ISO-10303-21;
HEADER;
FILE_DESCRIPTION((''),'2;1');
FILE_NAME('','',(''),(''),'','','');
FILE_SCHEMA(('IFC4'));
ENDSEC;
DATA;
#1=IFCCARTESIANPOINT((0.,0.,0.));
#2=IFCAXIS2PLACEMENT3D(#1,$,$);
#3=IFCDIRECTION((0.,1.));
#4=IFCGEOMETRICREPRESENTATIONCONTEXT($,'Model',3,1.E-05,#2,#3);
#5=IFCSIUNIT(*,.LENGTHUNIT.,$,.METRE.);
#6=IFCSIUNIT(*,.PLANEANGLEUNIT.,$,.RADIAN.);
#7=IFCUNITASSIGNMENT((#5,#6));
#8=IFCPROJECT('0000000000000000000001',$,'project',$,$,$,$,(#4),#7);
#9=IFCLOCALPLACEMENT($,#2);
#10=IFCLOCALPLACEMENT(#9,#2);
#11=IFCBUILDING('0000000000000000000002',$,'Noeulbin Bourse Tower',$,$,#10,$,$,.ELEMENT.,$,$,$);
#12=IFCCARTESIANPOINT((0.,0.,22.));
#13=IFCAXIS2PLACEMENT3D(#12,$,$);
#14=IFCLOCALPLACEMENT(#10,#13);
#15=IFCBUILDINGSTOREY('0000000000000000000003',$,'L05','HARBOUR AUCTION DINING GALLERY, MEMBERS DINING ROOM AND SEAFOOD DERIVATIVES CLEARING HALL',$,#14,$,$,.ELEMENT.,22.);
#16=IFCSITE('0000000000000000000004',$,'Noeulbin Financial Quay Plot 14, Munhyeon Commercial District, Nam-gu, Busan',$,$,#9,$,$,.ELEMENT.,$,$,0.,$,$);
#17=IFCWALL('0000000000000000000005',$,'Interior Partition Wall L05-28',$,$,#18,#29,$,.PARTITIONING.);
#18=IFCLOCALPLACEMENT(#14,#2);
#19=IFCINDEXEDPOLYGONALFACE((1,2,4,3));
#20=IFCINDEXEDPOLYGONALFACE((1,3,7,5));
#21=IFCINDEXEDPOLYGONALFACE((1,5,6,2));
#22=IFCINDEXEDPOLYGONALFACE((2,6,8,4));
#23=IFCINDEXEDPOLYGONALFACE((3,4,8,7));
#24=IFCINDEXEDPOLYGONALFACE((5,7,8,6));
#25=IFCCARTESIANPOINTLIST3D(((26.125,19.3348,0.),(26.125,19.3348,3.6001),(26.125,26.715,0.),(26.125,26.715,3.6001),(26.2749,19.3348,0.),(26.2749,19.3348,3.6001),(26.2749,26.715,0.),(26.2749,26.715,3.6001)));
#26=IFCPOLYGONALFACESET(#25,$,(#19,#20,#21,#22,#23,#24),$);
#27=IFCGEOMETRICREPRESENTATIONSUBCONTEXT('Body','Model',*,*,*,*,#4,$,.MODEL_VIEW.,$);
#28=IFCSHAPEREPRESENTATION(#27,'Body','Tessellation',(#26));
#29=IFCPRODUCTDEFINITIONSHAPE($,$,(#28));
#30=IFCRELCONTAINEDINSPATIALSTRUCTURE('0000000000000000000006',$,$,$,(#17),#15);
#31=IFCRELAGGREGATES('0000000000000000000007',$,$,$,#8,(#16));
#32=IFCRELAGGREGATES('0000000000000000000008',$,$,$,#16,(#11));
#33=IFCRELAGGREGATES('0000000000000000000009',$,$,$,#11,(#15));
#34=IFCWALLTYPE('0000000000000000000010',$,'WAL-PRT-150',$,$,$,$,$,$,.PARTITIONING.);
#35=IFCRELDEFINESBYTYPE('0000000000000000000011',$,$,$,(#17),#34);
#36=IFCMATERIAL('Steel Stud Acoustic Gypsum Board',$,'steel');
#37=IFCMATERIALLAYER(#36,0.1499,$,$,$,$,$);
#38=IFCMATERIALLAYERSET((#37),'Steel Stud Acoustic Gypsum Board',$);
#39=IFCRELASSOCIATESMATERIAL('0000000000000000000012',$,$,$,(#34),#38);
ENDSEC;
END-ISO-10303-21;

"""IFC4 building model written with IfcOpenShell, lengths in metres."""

from ifc_helpers import new_model, si_unit, direction, frame, frame_2d, origin, place, context, subcontext, project, spatial, rectangle, extrude, material, layer, layer_set, type_object, element, save


model = new_model("IFC4")

# Units and contexts
model_context = context("Model", 3, precision=1e-05, world=origin(), true_north=direction((0.0, 1.0)))
body_context = subcontext(model_context, "Body", "Model", "MODEL_VIEW")
ifc_project = project(units=[si_unit("LENGTHUNIT", "METRE"), si_unit("PLANEANGLEUNIT", "RADIAN")], contexts=[model_context])

# Site, building, storey
site_placement = place(None, origin())
site = spatial("IfcSite", under=ifc_project, at=site_placement, Name="Noeulbin Financial Quay Plot 14, Munhyeon Commercial District, Nam-gu, Busan", CompositionType="ELEMENT", RefElevation=0.0)
building_placement = place(site_placement, origin())
building = spatial("IfcBuilding", under=site, at=building_placement, Name="Noeulbin Bourse Tower", CompositionType="ELEMENT")
storey_placement = place(building_placement, frame((0.0, 0.0, 22.0)))
storey = spatial("IfcBuildingStorey", under=building, at=storey_placement, Name="L05", Description="HARBOUR AUCTION DINING GALLERY, MEMBERS DINING ROOM AND SEAFOOD DERIVATIVES CLEARING HALL", CompositionType="ELEMENT", Elevation=22.0)

# Wall
ifc_material_1 = material(Name="Steel Stud Acoustic Gypsum Board", Category="steel")
ifc_layer_1 = layer(ifc_material_1, 0.1499)
ifc_layer_set_1 = layer_set([ifc_layer_1], Name="Steel Stud Acoustic Gypsum Board")
wall_type_1 = type_object("IfcWallType", Name="WAL-PRT-150", PredefinedType="PARTITIONING", material=ifc_layer_set_1)
wall_1_placement = place(storey_placement, frame((26.2, 19.335, 0.0), z_axis=(0.0, 0.0, 1.0), x_axis=(0.0, 1.0, 0.0)))
element("IfcWall", 1, at=wall_1_placement, inside=storey, type_object=wall_type_1, Name="Interior Partition Wall L05-28", PredefinedType="PARTITIONING", context=body_context, shape_type="SweptSolid", body=[
    extrude(rectangle(XDim=7.3801, YDim=0.1499, at=frame_2d((3.6899, 0.0))), origin(), (0.0, 0.0, 1.0), 3.6001),
])

save(model, "model.ifc")
